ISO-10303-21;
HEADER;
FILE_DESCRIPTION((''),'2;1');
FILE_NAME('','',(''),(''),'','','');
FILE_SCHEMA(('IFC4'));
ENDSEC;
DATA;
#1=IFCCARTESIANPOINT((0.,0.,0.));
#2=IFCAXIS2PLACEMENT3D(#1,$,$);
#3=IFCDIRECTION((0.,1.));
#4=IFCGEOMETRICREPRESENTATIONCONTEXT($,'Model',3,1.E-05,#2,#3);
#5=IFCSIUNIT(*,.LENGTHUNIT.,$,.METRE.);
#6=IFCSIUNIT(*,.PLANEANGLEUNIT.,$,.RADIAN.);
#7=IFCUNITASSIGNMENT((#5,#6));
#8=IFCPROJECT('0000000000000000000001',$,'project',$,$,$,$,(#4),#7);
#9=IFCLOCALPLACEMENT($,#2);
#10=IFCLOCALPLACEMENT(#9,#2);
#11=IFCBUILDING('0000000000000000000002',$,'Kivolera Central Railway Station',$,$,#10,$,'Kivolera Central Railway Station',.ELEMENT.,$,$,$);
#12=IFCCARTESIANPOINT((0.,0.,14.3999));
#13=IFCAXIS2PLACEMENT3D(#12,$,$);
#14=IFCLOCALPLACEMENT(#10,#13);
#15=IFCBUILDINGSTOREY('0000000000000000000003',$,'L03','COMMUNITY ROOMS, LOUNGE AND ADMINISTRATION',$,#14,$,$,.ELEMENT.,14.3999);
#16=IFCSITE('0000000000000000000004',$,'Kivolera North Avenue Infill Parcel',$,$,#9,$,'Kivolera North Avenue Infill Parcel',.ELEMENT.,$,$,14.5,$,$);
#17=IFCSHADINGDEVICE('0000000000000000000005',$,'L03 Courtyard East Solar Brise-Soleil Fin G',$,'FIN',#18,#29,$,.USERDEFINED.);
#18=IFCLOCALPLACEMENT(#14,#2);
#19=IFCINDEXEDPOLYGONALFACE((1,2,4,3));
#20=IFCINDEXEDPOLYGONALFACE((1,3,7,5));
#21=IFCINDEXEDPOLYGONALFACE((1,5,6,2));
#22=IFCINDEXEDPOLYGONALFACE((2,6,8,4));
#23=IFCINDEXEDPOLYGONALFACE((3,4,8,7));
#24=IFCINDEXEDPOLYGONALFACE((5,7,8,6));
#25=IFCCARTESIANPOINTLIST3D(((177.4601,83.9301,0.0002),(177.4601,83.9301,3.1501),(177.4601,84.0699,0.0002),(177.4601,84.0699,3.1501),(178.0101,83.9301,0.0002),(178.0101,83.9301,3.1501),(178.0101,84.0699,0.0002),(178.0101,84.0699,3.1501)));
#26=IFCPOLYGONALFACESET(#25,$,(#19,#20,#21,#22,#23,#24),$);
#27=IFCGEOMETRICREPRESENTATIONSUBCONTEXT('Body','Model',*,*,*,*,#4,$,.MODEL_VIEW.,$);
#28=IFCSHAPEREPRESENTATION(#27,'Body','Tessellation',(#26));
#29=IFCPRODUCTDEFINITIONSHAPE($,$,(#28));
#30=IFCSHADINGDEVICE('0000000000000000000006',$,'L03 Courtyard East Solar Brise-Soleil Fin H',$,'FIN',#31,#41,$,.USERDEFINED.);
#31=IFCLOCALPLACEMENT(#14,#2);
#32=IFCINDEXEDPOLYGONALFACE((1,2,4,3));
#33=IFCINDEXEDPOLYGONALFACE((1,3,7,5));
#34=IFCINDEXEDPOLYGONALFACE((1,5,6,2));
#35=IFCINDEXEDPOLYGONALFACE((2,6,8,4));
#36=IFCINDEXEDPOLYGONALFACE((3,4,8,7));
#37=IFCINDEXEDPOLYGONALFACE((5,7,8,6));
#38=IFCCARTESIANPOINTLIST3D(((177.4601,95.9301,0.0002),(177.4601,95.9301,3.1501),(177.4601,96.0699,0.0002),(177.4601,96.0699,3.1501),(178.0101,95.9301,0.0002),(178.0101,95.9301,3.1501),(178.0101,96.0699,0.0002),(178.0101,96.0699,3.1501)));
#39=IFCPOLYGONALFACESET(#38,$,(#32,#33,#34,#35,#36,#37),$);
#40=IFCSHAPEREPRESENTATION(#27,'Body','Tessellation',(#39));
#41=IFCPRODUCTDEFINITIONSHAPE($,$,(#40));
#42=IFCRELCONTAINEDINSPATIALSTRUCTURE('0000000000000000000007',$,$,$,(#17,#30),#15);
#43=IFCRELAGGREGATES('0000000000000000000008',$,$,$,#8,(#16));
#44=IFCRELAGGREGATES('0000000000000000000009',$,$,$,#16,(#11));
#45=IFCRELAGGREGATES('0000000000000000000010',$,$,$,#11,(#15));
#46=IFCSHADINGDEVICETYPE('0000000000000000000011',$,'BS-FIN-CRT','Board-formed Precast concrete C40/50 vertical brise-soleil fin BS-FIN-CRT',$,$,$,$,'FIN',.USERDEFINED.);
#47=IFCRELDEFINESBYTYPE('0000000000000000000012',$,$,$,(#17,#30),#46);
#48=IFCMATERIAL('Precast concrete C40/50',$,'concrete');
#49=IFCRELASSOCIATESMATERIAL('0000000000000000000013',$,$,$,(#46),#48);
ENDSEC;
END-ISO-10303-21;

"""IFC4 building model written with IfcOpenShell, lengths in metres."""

from ifc_helpers import new_model, si_unit, direction, frame, origin, origin_2d, place, context, subcontext, project, spatial, rectangle, extrude, material, type_object, element, save


model = new_model("IFC4")

# Units and contexts
model_context = context("Model", 3, precision=1e-05, world=origin(), true_north=direction((0.0, 1.0)))
body_context = subcontext(model_context, "Body", "Model", "MODEL_VIEW")
ifc_project = project(units=[si_unit("LENGTHUNIT", "METRE"), si_unit("PLANEANGLEUNIT", "RADIAN")], contexts=[model_context])

# Site, building, storey
site_placement = place(None, origin())
site = spatial("IfcSite", under=ifc_project, at=site_placement, Name="Kivolera North Avenue Infill Parcel", LongName="Kivolera North Avenue Infill Parcel", CompositionType="ELEMENT", RefElevation=14.5)
building_placement = place(site_placement, origin())
building = spatial("IfcBuilding", under=site, at=building_placement, Name="Kivolera Central Railway Station", LongName="Kivolera Central Railway Station", CompositionType="ELEMENT")
storey_placement = place(building_placement, frame((0.0, 0.0, 14.3999)))
storey = spatial("IfcBuildingStorey", under=building, at=storey_placement, Name="L03", Description="COMMUNITY ROOMS, LOUNGE AND ADMINISTRATION", CompositionType="ELEMENT", Elevation=14.3999)

# Shading devices
ifc_material_1 = material(Name="Precast concrete C40/50", Category="concrete")
shading_device_type = type_object("IfcShadingDeviceType", Name="BS-FIN-CRT", Description="Board-formed Precast concrete C40/50 vertical brise-soleil fin BS-FIN-CRT", ElementType="FIN", PredefinedType="USERDEFINED", material=ifc_material_1)
for number, where, z_axis, x_axis, name in (
    (1, (177.7351, 84.0, 0.0002), (0.0, 0.0, 1.0), (1.0, 0.0, 0.0), "L03 Courtyard East Solar Brise-Soleil Fin G"),
    (2, (177.7351, 96.0, 0.0002), (0.0, 0.0, 1.0), (1.0, 0.0, 0.0), "L03 Courtyard East Solar Brise-Soleil Fin H"),
):
    element("IfcShadingDevice", number, at=place(storey_placement, frame(where, z_axis=z_axis, x_axis=x_axis)), inside=storey, type_object=shading_device_type, Name=name, ObjectType="FIN", PredefinedType="USERDEFINED", context=body_context, shape_type="SweptSolid", body=[
        extrude(rectangle(XDim=0.55, YDim=0.1399, at=origin_2d()), origin(), (0.0, 0.0, 1.0), 3.1499),
    ])

save(model, "model.ifc")
